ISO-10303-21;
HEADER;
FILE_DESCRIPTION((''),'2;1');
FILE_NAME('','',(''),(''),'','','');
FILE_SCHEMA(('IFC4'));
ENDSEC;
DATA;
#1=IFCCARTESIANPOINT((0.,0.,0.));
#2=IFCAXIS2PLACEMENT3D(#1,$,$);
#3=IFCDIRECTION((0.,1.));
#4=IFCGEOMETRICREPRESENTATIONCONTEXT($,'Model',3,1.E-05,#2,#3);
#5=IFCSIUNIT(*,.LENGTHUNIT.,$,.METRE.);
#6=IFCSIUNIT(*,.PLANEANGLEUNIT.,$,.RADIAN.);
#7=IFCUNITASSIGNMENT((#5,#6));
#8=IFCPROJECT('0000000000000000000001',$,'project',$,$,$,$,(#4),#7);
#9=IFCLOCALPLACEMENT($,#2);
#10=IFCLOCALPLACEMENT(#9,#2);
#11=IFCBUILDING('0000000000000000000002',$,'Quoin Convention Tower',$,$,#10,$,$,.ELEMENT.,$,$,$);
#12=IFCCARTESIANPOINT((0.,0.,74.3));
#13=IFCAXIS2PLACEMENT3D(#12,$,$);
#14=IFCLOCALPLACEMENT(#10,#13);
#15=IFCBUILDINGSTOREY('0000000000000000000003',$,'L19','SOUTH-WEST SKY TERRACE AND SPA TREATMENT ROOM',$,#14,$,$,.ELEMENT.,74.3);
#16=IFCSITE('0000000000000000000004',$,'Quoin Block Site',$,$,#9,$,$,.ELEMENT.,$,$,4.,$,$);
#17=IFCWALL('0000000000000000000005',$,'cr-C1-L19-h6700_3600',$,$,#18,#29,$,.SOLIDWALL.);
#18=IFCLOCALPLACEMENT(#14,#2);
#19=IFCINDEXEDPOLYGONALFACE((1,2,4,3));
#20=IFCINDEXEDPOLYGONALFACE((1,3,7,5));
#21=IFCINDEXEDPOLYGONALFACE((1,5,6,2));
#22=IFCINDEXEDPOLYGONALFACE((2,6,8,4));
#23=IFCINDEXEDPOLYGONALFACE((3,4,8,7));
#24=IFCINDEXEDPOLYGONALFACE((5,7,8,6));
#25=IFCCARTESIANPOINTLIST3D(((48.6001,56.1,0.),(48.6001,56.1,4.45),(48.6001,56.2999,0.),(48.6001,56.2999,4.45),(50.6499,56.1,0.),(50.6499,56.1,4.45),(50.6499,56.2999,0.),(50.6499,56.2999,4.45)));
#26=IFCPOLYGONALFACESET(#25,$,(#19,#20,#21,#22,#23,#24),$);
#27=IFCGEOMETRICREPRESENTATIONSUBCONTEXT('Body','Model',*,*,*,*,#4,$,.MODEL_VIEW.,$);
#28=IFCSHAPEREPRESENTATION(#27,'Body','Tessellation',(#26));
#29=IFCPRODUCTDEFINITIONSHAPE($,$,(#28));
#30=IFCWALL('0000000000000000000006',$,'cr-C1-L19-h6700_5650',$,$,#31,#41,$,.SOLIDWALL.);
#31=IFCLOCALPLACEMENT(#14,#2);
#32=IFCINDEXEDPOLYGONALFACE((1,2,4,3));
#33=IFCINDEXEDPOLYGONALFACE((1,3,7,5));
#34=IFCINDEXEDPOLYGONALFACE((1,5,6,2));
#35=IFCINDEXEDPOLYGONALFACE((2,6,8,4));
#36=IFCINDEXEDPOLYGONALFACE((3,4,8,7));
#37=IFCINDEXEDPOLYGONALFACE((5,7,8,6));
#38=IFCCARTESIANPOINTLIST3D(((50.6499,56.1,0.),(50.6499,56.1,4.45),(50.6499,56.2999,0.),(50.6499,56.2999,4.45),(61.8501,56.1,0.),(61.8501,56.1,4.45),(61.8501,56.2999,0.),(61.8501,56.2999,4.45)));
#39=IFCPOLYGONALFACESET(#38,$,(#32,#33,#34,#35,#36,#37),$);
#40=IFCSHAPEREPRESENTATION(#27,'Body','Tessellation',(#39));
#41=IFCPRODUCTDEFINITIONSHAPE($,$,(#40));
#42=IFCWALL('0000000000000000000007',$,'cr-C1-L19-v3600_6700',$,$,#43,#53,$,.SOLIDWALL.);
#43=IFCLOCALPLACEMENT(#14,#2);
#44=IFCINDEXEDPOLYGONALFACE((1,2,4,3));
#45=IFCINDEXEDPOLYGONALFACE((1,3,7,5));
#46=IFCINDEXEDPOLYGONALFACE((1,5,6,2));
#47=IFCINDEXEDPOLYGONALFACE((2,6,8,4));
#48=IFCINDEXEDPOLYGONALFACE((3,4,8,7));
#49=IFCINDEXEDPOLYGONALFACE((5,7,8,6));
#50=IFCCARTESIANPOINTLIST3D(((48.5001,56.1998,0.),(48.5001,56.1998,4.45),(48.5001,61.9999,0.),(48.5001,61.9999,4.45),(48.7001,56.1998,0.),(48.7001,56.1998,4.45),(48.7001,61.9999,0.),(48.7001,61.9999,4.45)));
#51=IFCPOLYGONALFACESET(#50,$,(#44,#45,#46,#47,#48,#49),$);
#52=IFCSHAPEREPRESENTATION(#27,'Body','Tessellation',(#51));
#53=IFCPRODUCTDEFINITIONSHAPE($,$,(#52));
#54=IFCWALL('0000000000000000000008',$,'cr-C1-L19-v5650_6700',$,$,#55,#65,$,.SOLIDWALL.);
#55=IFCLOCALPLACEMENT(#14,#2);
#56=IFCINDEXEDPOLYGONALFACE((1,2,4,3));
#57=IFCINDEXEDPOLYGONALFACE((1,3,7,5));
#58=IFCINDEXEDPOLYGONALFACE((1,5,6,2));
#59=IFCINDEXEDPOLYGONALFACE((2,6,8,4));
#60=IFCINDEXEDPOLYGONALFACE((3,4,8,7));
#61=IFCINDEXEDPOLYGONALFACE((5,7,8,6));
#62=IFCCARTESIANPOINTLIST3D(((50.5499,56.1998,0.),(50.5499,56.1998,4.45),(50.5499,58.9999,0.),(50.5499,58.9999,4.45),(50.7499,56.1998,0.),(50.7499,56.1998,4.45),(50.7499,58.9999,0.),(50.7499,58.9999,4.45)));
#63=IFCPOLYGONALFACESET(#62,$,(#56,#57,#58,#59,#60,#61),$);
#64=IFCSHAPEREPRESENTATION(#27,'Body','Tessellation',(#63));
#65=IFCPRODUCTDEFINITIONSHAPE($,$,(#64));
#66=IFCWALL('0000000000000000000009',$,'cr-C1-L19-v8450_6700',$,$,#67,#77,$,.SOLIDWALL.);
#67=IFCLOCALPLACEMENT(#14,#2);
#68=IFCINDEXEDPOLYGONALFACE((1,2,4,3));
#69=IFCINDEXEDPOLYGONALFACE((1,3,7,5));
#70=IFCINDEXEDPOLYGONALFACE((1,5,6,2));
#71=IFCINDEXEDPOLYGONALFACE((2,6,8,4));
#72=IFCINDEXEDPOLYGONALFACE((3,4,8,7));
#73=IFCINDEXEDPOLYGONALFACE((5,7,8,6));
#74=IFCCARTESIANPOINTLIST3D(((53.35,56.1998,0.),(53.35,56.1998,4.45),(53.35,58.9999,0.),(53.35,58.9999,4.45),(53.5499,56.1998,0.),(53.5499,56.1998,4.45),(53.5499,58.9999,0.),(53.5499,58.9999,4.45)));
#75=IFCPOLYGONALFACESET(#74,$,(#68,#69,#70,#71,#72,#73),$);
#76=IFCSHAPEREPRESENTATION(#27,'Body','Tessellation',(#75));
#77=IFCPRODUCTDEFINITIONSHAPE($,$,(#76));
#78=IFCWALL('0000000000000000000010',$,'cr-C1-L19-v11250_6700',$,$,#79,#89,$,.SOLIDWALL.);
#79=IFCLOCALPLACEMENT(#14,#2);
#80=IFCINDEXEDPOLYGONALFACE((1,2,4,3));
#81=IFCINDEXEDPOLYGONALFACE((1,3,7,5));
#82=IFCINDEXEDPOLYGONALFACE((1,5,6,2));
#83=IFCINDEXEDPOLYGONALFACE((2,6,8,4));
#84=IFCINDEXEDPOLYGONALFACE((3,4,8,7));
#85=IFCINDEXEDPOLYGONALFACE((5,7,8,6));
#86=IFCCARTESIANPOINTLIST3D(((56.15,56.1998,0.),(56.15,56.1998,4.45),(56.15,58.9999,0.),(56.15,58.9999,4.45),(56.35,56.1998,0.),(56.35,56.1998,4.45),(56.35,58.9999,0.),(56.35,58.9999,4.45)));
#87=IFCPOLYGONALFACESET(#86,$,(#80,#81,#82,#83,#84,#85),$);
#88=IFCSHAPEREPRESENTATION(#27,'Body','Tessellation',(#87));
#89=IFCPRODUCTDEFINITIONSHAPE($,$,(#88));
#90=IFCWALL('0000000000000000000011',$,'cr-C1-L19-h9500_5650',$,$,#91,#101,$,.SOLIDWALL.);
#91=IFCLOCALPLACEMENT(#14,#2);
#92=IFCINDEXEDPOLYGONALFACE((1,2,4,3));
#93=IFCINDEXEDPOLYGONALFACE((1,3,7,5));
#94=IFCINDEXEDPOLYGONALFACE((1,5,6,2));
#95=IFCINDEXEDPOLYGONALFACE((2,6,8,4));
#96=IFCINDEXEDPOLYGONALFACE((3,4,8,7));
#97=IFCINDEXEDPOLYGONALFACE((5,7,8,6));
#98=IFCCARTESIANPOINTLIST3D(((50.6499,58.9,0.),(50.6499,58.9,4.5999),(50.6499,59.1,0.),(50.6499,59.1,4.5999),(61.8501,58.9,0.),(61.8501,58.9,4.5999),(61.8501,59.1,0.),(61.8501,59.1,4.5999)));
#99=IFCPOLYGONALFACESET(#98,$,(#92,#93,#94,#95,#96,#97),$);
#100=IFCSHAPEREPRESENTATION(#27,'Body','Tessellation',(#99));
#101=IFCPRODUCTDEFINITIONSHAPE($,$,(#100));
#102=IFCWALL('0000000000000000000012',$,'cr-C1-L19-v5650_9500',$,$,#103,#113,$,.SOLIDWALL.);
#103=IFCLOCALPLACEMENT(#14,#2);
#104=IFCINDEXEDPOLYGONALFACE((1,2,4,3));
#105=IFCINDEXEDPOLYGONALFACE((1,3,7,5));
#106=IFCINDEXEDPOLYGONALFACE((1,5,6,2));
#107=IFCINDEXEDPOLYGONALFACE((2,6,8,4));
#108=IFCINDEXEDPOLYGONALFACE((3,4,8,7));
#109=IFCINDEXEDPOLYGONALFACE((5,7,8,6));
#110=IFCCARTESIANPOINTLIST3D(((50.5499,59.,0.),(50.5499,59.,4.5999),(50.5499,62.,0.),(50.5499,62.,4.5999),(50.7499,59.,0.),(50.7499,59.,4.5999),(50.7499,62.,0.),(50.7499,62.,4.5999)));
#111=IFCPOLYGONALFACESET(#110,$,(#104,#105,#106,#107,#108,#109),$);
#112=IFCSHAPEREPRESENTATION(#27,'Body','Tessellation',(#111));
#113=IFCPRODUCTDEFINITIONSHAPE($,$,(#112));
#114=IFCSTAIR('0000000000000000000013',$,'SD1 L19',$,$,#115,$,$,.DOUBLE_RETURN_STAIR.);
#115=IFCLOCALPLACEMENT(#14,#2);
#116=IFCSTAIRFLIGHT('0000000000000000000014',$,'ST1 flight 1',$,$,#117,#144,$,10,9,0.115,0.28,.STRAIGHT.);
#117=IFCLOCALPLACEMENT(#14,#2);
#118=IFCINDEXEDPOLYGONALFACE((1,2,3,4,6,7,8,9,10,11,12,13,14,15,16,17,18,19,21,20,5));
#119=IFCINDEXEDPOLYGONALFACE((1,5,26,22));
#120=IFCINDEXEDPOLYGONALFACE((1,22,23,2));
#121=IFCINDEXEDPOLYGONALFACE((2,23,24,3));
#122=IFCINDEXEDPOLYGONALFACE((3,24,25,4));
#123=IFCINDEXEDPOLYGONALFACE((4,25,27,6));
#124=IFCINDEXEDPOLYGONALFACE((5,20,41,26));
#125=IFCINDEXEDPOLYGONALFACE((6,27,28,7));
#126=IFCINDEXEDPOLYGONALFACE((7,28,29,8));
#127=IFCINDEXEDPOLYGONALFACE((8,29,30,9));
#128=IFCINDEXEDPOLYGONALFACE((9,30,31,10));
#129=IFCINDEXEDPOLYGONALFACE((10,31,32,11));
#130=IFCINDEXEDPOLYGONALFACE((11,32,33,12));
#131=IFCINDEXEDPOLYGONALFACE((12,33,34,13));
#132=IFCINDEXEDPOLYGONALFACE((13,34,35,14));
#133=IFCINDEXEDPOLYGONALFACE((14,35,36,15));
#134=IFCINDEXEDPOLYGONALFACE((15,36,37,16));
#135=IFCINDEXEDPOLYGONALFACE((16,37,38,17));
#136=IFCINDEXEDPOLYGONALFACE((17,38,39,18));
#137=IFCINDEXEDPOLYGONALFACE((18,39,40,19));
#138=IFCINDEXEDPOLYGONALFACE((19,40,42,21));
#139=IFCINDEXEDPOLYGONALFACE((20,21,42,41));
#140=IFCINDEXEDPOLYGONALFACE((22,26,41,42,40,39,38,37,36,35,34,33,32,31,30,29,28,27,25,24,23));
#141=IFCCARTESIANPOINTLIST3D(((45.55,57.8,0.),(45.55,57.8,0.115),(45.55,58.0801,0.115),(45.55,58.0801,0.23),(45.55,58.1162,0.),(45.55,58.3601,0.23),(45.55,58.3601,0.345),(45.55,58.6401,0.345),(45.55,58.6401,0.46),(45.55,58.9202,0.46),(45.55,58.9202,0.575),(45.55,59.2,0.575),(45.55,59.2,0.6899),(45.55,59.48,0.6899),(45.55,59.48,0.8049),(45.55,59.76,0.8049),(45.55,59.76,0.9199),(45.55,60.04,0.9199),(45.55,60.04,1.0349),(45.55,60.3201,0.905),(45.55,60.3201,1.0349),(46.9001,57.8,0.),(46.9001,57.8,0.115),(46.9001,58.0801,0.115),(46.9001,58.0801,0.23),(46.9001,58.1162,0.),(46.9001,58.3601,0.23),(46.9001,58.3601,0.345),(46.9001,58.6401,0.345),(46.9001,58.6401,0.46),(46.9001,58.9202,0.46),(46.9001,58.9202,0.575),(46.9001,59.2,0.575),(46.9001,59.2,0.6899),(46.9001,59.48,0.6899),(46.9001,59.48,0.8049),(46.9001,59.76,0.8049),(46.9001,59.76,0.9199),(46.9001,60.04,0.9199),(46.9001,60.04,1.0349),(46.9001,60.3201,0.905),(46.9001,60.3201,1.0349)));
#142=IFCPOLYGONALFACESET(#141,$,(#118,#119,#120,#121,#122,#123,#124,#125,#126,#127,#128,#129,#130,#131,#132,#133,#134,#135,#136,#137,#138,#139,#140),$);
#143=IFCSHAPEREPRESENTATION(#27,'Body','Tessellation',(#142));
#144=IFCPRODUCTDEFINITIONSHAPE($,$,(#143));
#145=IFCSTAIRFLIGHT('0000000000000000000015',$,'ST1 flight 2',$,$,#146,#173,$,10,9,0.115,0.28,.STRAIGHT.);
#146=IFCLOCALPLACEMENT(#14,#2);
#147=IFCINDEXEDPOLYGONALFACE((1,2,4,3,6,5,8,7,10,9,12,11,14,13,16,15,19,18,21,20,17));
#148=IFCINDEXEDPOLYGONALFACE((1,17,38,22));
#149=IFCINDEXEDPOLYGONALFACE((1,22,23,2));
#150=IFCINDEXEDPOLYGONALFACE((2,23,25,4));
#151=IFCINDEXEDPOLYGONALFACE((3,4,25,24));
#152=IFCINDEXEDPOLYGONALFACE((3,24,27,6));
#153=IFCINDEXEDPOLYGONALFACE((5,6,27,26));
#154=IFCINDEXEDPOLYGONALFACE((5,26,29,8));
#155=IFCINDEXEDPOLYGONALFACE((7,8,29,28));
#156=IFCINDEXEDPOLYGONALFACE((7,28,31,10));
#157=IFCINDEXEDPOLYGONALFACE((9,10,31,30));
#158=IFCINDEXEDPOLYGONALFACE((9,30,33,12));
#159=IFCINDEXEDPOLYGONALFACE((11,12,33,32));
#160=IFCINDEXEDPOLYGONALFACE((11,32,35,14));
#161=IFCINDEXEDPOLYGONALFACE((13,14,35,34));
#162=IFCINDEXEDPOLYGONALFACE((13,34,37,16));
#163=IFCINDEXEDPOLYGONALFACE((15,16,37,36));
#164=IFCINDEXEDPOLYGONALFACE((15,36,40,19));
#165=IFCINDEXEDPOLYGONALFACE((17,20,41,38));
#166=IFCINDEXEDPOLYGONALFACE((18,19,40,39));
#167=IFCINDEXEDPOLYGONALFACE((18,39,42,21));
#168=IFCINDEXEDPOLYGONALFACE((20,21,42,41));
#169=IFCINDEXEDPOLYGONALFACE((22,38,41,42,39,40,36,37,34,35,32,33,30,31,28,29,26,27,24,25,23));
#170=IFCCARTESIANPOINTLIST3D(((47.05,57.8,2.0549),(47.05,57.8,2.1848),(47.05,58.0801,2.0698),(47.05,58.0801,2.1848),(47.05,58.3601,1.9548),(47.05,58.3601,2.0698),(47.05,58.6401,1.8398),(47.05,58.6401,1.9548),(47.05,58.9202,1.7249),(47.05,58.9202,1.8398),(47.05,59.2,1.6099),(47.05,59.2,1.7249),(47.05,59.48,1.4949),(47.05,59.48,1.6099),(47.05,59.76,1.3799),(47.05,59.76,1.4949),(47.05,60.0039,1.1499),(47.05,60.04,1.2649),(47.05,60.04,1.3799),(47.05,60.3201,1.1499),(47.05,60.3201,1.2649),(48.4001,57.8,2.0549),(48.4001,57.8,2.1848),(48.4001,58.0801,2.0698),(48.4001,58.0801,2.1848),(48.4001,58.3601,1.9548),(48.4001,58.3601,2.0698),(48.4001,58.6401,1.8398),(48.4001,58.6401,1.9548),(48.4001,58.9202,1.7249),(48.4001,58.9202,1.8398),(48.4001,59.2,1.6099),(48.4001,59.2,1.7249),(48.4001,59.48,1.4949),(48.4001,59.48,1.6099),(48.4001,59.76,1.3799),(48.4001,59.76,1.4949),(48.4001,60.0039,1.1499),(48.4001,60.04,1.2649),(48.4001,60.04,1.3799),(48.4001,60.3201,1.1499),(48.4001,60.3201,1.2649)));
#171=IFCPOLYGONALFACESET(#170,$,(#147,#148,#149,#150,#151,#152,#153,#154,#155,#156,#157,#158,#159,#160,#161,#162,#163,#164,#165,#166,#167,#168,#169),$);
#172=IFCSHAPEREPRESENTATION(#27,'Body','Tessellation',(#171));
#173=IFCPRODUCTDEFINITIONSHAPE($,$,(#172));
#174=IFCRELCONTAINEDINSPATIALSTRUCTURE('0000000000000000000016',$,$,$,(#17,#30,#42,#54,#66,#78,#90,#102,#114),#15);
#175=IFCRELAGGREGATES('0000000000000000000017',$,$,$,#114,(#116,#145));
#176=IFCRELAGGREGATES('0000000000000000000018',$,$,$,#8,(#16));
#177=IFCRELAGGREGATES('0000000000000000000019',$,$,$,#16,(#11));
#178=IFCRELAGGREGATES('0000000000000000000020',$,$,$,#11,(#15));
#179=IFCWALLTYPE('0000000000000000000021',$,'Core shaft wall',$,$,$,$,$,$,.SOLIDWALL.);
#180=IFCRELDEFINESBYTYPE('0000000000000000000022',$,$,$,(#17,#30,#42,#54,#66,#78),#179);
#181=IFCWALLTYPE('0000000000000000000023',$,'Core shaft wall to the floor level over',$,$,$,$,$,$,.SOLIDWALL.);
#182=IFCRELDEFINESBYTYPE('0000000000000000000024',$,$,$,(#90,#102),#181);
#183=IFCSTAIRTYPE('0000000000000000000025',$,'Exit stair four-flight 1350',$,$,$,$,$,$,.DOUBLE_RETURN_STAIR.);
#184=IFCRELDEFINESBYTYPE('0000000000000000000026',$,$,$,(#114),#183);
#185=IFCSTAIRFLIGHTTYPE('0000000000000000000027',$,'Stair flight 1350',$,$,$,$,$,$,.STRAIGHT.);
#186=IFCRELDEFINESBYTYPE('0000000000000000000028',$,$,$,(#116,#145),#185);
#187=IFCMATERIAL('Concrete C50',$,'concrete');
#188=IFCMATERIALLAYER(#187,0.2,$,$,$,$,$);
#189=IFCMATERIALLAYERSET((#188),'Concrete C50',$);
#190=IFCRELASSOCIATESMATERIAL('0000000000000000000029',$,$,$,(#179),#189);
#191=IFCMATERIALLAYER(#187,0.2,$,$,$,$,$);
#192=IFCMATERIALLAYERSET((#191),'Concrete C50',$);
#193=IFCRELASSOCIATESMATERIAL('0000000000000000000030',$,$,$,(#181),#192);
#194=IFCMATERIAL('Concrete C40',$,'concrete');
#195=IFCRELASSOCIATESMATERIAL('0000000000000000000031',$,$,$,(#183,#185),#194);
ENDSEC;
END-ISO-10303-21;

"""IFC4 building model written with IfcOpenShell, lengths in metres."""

from ifc_helpers import new_model, si_unit, direction, frame, frame_2d, origin, place, context, subcontext, project, spatial, polyline, rectangle, outline, extrude, material, layer, layer_set, type_object, element, aggregate, save


model = new_model("IFC4")

# Units and contexts
model_context = context("Model", 3, precision=1e-05, world=origin(), true_north=direction((0.0, 1.0)))
body_context = subcontext(model_context, "Body", "Model", "MODEL_VIEW")
ifc_project = project(units=[si_unit("LENGTHUNIT", "METRE"), si_unit("PLANEANGLEUNIT", "RADIAN")], contexts=[model_context])

# Site, building, storey
site_placement = place(None, origin())
site = spatial("IfcSite", under=ifc_project, at=site_placement, Name="Quoin Block Site", CompositionType="ELEMENT", RefElevation=4.0)
building_placement = place(site_placement, origin())
building = spatial("IfcBuilding", under=site, at=building_placement, Name="Quoin Convention Tower", CompositionType="ELEMENT")
storey_placement = place(building_placement, frame((0.0, 0.0, 74.3)))
storey = spatial("IfcBuildingStorey", under=building, at=storey_placement, Name="L19", Description="SOUTH-WEST SKY TERRACE AND SPA TREATMENT ROOM", CompositionType="ELEMENT", Elevation=74.3)

# Walls
ifc_material_1 = material(Name="Concrete C50", Category="concrete")
ifc_layer_1 = layer(ifc_material_1, 0.2)
ifc_layer_set_1 = layer_set([ifc_layer_1], Name="Concrete C50")
wall_type_1 = type_object("IfcWallType", Name="Core shaft wall", PredefinedType="SOLIDWALL", material=ifc_layer_set_1)
wall_1_placement = place(storey_placement, frame((48.6001, 56.2, 0.0), z_axis=(0.0, 0.0, 1.0), x_axis=(1.0, 0.0, 0.0)))
element("IfcWall", 1, at=wall_1_placement, inside=storey, type_object=wall_type_1, Name="cr-C1-L19-h6700_3600", PredefinedType="SOLIDWALL", context=body_context, shape_type="SweptSolid", body=[
    extrude(rectangle(XDim=2.0498, YDim=0.2, at=frame_2d((1.0249, 0.0))), origin(), (0.0, 0.0, 1.0), 4.45),
])
wall_2_placement = place(storey_placement, frame((50.6499, 56.2, 0.0), z_axis=(0.0, 0.0, 1.0), x_axis=(1.0, 0.0, 0.0)))
element("IfcWall", 2, at=wall_2_placement, inside=storey, type_object=wall_type_1, Name="cr-C1-L19-h6700_5650", PredefinedType="SOLIDWALL", context=body_context, shape_type="SweptSolid", body=[
    extrude(rectangle(XDim=11.2002, YDim=0.2, at=frame_2d((5.6001, 0.0))), origin(), (0.0, 0.0, 1.0), 4.45),
])
wall_3_placement = place(storey_placement, frame((48.6001, 56.2, 0.0), z_axis=(0.0, 0.0, 1.0), x_axis=(0.0, 1.0, 0.0)))
element("IfcWall", 3, at=wall_3_placement, inside=storey, type_object=wall_type_1, Name="cr-C1-L19-v3600_6700", PredefinedType="SOLIDWALL", context=body_context, shape_type="SweptSolid", body=[
    extrude(rectangle(XDim=5.8, YDim=0.2, at=frame_2d((2.8999, 0.0))), origin(), (0.0, 0.0, 1.0), 4.45),
])
for number, where, z_axis, x_axis, name in (
    (4, (50.6499, 56.2, 0.0), (0.0, 0.0, 1.0), (0.0, 1.0, 0.0), "cr-C1-L19-v5650_6700"),
    (5, (53.45, 56.2, 0.0), (0.0, 0.0, 1.0), (0.0, 1.0, 0.0), "cr-C1-L19-v8450_6700"),
    (6, (56.25, 56.2, 0.0), (0.0, 0.0, 1.0), (0.0, 1.0, 0.0), "cr-C1-L19-v11250_6700"),
):
    element("IfcWall", number, at=place(storey_placement, frame(where, z_axis=z_axis, x_axis=x_axis)), inside=storey, type_object=wall_type_1, Name=name, PredefinedType="SOLIDWALL", context=body_context, shape_type="SweptSolid", body=[
        extrude(rectangle(XDim=2.8, YDim=0.2, at=frame_2d((1.3999, 0.0))), origin(), (0.0, 0.0, 1.0), 4.45),
    ])
ifc_layer_2 = layer(ifc_material_1, 0.2)
ifc_layer_set_2 = layer_set([ifc_layer_2], Name="Concrete C50")
wall_type_2 = type_object("IfcWallType", Name="Core shaft wall to the floor level over", PredefinedType="SOLIDWALL", material=ifc_layer_set_2)
wall_4_placement = place(storey_placement, frame((50.6499, 59.0, 0.0), z_axis=(0.0, 0.0, 1.0), x_axis=(1.0, 0.0, 0.0)))
element("IfcWall", 7, at=wall_4_placement, inside=storey, type_object=wall_type_2, Name="cr-C1-L19-h9500_5650", PredefinedType="SOLIDWALL", context=body_context, shape_type="SweptSolid", body=[
    extrude(rectangle(XDim=11.2002, YDim=0.2, at=frame_2d((5.6001, 0.0))), origin(), (0.0, 0.0, 1.0), 4.5999),
])
wall_5_placement = place(storey_placement, frame((50.6499, 59.0, 0.0), z_axis=(0.0, 0.0, 1.0), x_axis=(0.0, 1.0, 0.0)))
element("IfcWall", 8, at=wall_5_placement, inside=storey, type_object=wall_type_2, Name="cr-C1-L19-v5650_9500", PredefinedType="SOLIDWALL", context=body_context, shape_type="SweptSolid", body=[
    extrude(rectangle(XDim=3.0, YDim=0.2, at=frame_2d((1.5, 0.0))), origin(), (0.0, 0.0, 1.0), 4.5999),
])

# Stair, stair flights
ifc_material_2 = material(Name="Concrete C40", Category="concrete")
stair_type = type_object("IfcStairType", Name="Exit stair four-flight 1350", PredefinedType="DOUBLE_RETURN_STAIR", material=ifc_material_2)
stair_placement = place(storey_placement, origin())
stair = element("IfcStair", 9, at=stair_placement, inside=storey, type_object=stair_type, Name="SD1 L19", PredefinedType="DOUBLE_RETURN_STAIR")
stair_flight_type = type_object("IfcStairFlightType", Name="Stair flight 1350", PredefinedType="STRAIGHT", material=ifc_material_2)
stair_flight_1_placement = place(storey_placement, frame((46.2251, 57.8, 0.0), z_axis=(0.0, 0.0, 1.0), x_axis=(0.0, 1.0, 0.0)))
stair_flight_1 = element("IfcStairFlight", 10, at=stair_flight_1_placement, type_object=stair_flight_type, Name="ST1 flight 1", NumberOfRisers=10, NumberOfTreads=9, PredefinedType="STRAIGHT", RiserHeight=0.115, TreadLength=0.28, context=body_context, shape_type="SweptSolid", body=[
    extrude(outline(polyline([(0.0, 0.0), (0.0, 0.115), (0.28, 0.115), (0.28, 0.23), (0.5601, 0.23), (0.5601, 0.345), (0.8401, 0.345), (0.8401, 0.46), (1.1201, 0.46), (1.1201, 0.575), (1.3999, 0.575), (1.3999, 0.6899), (1.6799, 0.6899), (1.6799, 0.8049), (1.96, 0.8049), (1.96, 0.9199), (2.24, 0.9199), (2.24, 1.0349), (2.52, 1.0349), (2.52, 1.1499), (2.52, 0.905), (0.3162, 0.0), (0.0, 0.0)])), frame((0.0, 0.675, 0.0), z_axis=(0.0, -1.0, 0.0), x_axis=(1.0, 0.0, 0.0)), (0.0, 0.0, 1.0), 1.3501),
])
stair_flight_2_placement = place(storey_placement, frame((47.7251, 60.3201, 1.1499), z_axis=(0.0, 0.0, 1.0), x_axis=(0.0, -1.0, 0.0)))
stair_flight_2 = element("IfcStairFlight", 11, at=stair_flight_2_placement, type_object=stair_flight_type, Name="ST1 flight 2", NumberOfRisers=10, NumberOfTreads=9, PredefinedType="STRAIGHT", RiserHeight=0.115, TreadLength=0.28, context=body_context, shape_type="SweptSolid", body=[
    extrude(outline(polyline([(0.0, 0.0), (0.0, 0.115), (0.28, 0.115), (0.28, 0.23), (0.5601, 0.23), (0.5601, 0.345), (0.8401, 0.345), (0.8401, 0.46), (1.1201, 0.46), (1.1201, 0.575), (1.3999, 0.575), (1.3999, 0.6899), (1.6799, 0.6899), (1.6799, 0.8049), (1.96, 0.8049), (1.96, 0.9199), (2.24, 0.9199), (2.24, 1.0349), (2.52, 1.0349), (2.52, 1.1499), (2.52, 0.905), (0.3162, 0.0), (0.0, 0.0)])), frame((0.0, 0.675, 0.0), z_axis=(0.0, -1.0, 0.0), x_axis=(1.0, 0.0, 0.0)), (0.0, 0.0, 1.0), 1.3501),
])
aggregate(stair, [stair_flight_1, stair_flight_2])

save(model, "model.ifc")
